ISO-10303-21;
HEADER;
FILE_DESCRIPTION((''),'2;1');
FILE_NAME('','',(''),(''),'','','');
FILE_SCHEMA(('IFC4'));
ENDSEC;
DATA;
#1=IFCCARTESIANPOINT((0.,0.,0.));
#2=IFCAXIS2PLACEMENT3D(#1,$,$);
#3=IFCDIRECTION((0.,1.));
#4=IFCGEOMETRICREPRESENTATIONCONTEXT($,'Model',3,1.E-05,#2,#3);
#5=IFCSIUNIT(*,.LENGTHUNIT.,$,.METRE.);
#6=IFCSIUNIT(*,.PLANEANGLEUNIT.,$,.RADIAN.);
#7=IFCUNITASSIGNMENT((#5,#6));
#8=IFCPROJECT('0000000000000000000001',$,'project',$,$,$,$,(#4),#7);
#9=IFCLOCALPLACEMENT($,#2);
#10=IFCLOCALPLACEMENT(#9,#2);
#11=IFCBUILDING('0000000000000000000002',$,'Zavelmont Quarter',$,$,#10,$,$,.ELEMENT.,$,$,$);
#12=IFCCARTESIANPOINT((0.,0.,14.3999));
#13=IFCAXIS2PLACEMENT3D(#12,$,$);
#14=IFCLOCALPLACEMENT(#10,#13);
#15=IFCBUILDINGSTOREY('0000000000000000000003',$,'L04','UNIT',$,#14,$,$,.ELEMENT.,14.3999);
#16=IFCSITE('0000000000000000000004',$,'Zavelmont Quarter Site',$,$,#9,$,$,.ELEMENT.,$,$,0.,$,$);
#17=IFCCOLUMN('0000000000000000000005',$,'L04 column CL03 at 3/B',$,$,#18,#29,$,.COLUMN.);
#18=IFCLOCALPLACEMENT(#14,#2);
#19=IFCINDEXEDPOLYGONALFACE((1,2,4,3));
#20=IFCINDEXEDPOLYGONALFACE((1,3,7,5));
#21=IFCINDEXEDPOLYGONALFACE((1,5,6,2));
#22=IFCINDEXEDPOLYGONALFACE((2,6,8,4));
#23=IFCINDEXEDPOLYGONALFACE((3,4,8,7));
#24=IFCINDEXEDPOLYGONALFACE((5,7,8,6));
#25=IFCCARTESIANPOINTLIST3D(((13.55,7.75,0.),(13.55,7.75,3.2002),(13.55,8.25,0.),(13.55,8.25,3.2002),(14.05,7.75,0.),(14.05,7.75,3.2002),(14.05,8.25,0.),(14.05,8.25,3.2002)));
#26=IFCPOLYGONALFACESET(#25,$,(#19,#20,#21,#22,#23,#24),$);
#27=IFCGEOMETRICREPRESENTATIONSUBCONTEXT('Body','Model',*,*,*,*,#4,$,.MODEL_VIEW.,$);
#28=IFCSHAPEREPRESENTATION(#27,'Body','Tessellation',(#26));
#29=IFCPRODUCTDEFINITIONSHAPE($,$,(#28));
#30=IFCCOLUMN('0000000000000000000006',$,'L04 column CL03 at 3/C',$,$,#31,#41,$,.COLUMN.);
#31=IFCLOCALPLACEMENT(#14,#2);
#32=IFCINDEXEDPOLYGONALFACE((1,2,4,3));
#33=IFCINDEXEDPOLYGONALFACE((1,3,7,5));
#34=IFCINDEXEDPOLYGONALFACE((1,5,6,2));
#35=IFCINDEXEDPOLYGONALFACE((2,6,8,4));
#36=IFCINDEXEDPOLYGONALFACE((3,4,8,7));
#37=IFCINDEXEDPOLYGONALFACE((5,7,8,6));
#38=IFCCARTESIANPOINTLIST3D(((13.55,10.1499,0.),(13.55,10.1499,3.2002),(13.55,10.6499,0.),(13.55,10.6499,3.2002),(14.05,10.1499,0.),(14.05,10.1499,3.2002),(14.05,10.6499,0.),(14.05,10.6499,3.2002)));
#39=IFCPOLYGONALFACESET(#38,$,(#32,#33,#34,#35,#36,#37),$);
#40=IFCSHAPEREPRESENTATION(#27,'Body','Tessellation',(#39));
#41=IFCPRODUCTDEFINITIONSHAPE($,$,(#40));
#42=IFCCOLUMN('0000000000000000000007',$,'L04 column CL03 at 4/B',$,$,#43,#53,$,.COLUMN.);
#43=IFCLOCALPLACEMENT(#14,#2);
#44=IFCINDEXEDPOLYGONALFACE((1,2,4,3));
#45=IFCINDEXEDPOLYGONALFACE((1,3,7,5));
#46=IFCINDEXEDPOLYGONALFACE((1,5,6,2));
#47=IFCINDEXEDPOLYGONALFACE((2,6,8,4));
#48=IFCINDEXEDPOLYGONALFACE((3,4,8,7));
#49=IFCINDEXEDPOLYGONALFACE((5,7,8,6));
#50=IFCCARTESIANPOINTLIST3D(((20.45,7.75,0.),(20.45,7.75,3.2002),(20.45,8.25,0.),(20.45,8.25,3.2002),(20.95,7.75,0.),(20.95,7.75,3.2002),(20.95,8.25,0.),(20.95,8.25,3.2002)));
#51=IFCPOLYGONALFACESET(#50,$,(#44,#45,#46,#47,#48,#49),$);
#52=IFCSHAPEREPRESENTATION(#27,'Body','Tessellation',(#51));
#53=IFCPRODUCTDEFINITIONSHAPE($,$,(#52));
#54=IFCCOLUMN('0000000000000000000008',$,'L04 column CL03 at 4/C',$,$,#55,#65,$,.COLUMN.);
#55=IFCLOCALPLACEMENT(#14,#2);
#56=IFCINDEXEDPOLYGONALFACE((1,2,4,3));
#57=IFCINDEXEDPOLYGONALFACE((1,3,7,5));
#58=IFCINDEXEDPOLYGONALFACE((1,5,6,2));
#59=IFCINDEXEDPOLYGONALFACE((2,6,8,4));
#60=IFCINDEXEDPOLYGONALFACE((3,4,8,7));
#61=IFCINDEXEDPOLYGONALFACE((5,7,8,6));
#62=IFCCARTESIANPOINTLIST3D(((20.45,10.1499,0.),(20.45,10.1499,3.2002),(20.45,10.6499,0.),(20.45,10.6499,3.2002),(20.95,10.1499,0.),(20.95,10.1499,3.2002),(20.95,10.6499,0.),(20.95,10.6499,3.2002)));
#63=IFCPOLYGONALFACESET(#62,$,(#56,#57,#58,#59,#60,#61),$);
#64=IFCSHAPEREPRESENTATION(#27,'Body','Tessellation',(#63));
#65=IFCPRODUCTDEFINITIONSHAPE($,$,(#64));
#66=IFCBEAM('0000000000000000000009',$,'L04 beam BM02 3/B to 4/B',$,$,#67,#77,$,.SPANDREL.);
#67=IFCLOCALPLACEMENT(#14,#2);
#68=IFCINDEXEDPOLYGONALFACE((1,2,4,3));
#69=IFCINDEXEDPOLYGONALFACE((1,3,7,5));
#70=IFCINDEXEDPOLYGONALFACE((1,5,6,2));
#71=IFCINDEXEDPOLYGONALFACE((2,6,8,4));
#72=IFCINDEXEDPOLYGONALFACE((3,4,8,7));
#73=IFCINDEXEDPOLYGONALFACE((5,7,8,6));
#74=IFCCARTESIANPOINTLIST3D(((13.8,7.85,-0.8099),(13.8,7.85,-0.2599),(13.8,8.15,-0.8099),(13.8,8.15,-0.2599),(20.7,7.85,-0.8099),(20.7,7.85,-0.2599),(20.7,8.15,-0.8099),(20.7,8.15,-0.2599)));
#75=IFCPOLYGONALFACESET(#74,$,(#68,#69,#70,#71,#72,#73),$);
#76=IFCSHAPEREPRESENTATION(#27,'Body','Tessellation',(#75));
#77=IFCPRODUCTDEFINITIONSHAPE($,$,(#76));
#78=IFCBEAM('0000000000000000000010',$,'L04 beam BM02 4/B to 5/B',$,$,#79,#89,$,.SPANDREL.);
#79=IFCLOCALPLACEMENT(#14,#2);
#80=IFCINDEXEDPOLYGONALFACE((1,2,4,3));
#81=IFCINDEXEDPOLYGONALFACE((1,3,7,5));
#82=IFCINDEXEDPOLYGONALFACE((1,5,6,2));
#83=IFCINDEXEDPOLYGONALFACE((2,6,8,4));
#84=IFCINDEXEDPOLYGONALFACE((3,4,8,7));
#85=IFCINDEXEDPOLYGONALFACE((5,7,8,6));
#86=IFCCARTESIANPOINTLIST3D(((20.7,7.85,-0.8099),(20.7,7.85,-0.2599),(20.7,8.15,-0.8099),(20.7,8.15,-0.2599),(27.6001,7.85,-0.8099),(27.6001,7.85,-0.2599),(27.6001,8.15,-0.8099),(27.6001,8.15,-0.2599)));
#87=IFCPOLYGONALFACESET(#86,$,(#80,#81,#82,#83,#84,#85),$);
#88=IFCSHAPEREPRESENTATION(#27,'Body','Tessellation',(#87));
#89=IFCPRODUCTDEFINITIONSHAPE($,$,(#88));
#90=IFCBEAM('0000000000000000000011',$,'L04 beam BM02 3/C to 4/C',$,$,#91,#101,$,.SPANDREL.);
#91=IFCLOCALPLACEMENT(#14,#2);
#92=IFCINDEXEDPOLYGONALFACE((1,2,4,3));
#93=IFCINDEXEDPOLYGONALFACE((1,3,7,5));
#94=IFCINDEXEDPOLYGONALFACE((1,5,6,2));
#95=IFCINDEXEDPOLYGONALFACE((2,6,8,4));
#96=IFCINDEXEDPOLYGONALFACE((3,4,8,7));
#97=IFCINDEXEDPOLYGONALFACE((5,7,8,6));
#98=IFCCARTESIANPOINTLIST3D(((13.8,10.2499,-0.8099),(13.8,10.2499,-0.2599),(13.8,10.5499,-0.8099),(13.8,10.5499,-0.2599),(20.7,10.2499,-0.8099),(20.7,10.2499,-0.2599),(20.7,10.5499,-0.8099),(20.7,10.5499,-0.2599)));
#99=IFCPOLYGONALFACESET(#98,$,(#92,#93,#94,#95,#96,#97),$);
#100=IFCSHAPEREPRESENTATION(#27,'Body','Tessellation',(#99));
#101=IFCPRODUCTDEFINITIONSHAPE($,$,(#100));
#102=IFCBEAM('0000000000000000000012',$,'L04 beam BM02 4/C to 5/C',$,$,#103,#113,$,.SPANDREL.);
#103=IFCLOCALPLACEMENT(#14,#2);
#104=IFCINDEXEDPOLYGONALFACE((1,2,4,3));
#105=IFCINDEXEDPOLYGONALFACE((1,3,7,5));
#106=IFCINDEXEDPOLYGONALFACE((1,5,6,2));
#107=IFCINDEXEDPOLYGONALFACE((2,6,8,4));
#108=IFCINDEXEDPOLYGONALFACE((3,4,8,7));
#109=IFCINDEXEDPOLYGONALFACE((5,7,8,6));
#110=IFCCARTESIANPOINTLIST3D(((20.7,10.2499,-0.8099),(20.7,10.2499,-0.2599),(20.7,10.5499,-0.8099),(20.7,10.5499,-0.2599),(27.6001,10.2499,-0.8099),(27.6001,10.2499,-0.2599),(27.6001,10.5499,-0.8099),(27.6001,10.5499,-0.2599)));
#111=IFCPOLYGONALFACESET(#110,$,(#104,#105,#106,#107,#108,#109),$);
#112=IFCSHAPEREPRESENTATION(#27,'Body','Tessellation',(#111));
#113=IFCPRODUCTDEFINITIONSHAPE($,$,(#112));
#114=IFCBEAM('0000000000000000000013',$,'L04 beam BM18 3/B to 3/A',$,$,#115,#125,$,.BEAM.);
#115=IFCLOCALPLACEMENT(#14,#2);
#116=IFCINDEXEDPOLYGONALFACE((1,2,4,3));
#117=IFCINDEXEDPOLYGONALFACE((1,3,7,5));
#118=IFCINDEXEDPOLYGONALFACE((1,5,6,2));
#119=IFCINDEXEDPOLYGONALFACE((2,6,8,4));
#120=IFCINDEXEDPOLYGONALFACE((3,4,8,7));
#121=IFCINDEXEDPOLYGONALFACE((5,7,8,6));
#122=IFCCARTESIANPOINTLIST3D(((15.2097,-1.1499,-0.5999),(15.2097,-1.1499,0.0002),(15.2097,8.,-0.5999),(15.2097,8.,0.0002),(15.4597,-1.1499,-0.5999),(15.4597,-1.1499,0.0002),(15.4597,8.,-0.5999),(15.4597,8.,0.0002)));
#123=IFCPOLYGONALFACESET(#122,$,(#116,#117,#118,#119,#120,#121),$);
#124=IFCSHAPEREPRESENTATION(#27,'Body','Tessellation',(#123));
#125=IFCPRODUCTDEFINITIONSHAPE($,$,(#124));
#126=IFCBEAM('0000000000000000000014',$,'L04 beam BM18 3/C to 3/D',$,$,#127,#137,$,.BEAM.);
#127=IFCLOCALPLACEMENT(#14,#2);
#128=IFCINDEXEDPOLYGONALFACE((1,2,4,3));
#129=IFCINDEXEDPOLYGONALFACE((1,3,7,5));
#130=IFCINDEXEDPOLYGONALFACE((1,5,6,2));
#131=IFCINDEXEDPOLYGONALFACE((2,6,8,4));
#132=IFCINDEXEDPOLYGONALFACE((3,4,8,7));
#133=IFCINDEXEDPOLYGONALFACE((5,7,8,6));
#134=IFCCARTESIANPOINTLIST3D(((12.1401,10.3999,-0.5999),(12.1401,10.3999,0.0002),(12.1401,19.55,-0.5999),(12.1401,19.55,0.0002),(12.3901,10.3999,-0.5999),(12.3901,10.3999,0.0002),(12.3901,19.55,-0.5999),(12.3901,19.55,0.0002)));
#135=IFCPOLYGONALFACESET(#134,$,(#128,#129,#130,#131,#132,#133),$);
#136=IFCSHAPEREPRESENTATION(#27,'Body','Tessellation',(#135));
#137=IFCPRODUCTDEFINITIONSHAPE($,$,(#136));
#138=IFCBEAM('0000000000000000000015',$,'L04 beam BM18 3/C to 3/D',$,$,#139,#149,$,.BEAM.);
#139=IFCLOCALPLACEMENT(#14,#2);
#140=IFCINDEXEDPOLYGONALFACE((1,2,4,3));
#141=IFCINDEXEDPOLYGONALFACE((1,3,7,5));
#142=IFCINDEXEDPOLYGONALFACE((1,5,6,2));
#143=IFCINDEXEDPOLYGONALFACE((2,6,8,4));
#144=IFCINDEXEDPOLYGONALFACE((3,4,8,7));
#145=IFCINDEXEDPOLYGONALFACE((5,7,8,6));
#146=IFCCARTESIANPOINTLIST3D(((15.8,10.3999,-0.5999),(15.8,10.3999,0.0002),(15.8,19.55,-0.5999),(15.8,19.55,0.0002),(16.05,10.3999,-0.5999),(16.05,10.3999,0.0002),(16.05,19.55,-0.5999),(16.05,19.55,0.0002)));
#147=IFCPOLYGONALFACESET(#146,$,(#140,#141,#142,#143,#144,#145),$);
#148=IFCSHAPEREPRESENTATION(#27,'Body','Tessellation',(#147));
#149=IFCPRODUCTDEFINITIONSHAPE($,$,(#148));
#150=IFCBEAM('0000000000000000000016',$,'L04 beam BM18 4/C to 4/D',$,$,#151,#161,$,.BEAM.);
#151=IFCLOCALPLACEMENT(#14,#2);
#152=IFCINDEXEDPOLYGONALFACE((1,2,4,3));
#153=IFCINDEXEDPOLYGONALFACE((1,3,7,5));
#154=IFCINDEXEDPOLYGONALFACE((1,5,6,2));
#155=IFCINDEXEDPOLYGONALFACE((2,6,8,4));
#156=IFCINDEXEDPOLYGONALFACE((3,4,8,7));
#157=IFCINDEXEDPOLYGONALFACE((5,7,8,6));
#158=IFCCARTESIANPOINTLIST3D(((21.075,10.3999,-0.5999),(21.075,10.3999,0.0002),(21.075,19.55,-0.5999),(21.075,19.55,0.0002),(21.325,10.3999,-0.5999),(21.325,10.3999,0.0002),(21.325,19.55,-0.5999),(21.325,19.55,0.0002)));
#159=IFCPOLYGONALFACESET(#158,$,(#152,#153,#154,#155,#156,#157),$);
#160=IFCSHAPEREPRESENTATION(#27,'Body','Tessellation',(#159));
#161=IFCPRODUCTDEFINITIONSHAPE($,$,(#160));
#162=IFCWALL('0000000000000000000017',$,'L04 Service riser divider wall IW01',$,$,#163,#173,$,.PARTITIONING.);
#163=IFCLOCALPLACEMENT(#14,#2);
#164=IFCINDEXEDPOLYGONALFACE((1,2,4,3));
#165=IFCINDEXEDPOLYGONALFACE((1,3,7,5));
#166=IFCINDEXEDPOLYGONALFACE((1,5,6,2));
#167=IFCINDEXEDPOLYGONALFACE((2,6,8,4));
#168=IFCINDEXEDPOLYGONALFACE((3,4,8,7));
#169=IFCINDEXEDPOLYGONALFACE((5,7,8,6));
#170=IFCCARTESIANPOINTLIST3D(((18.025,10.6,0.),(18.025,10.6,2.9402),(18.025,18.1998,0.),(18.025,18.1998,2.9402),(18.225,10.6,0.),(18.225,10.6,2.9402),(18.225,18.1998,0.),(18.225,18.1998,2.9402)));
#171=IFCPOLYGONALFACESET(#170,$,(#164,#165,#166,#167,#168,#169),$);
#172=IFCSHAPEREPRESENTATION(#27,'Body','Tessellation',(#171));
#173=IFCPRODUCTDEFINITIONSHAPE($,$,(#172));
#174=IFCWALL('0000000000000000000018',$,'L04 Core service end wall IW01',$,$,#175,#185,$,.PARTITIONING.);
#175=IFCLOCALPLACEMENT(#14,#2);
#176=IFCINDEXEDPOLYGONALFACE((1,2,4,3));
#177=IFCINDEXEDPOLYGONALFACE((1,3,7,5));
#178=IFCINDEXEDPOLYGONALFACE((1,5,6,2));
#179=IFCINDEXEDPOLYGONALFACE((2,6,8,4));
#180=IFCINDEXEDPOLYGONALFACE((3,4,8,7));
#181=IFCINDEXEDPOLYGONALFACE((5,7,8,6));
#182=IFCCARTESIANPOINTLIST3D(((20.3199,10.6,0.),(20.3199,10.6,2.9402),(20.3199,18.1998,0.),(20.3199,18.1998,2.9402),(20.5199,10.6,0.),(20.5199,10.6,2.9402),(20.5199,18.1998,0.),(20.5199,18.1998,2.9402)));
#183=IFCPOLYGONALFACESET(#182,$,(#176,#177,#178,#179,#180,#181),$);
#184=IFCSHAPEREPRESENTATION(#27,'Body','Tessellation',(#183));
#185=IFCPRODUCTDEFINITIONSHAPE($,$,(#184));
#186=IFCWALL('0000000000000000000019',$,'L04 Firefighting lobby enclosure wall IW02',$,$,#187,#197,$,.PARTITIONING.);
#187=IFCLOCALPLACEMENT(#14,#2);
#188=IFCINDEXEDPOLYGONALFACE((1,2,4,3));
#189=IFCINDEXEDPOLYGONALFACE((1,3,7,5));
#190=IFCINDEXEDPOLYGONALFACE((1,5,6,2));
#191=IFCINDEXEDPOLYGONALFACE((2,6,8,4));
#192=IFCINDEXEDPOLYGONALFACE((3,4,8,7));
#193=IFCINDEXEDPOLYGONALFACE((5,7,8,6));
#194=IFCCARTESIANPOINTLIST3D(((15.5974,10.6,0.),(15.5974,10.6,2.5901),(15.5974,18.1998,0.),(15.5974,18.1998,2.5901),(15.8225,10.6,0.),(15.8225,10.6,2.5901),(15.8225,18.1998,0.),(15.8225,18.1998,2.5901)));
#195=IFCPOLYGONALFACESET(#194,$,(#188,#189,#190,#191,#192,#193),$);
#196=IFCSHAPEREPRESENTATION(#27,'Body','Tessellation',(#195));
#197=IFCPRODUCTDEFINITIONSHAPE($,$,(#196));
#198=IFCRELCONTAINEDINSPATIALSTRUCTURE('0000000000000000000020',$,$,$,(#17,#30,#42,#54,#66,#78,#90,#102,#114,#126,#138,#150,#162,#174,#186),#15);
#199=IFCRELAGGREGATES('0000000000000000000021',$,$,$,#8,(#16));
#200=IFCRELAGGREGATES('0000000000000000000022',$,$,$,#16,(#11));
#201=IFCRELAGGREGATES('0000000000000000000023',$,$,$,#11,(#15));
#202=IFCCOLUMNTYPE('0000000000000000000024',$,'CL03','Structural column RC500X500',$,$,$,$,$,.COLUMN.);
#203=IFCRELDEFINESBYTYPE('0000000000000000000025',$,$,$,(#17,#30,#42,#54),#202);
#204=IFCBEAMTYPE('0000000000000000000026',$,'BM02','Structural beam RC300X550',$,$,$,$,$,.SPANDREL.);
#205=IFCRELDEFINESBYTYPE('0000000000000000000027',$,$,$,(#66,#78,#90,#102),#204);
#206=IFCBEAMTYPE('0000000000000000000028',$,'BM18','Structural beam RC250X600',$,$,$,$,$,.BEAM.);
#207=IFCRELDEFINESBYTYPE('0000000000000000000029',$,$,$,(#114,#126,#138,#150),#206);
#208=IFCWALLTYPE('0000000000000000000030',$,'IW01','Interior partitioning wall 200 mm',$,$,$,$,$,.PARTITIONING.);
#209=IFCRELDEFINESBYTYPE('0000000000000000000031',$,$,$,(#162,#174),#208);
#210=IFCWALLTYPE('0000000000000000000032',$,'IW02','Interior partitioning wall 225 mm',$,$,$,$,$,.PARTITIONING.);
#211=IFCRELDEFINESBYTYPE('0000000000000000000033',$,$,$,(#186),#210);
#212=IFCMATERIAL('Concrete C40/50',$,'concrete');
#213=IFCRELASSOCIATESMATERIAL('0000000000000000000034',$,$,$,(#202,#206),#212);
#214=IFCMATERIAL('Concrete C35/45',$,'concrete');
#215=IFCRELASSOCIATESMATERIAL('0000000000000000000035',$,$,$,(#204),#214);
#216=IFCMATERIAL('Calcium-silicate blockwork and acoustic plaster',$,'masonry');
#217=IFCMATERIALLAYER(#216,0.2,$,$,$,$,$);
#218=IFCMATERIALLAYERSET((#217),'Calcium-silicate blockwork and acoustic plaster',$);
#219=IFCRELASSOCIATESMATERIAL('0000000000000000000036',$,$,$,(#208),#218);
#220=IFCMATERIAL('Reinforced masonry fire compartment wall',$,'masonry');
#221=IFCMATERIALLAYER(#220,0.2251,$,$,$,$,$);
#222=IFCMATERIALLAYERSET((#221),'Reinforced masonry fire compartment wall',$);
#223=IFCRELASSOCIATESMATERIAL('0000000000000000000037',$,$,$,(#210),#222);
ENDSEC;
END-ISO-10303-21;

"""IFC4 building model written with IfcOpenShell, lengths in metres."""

from ifc_helpers import new_model, si_unit, direction, frame, frame_2d, origin, origin_2d, place, context, subcontext, project, spatial, rectangle, extrude, material, layer, layer_set, material_profile, profile_set, type_object, element, save


model = new_model("IFC4")

# Units and contexts
model_context = context("Model", 3, precision=1e-05, world=origin(), true_north=direction((0.0, 1.0)))
body_context = subcontext(model_context, "Body", "Model", "MODEL_VIEW")
ifc_project = project(units=[si_unit("LENGTHUNIT", "METRE"), si_unit("PLANEANGLEUNIT", "RADIAN")], contexts=[model_context])

# Site, building, storey
site_placement = place(None, origin())
site = spatial("IfcSite", under=ifc_project, at=site_placement, Name="Zavelmont Quarter Site", CompositionType="ELEMENT", RefElevation=0.0)
building_placement = place(site_placement, origin())
building = spatial("IfcBuilding", under=site, at=building_placement, Name="Zavelmont Quarter", CompositionType="ELEMENT")
storey_placement = place(building_placement, frame((0.0, 0.0, 14.3999)))
storey = spatial("IfcBuildingStorey", under=building, at=storey_placement, Name="L04", Description="UNIT", CompositionType="ELEMENT", Elevation=14.3999)

# Columns
ifc_material_1 = material(Name="Concrete C40/50", Category="concrete")
ifc_material_profile_1 = material_profile(ifc_material_1, rectangle(XDim=0.5, YDim=0.5, at=origin_2d()), Name="RC500X500")
ifc_profile_set_1 = profile_set([ifc_material_profile_1], Name="Concrete C40/50")
column_type = type_object("IfcColumnType", Name="CL03", Description="Structural column RC500X500", PredefinedType="COLUMN", material=ifc_profile_set_1)
for number, where, z_axis, x_axis, name in (
    (1, (13.8, 8.0, 0.0), (0.0, 0.0, 1.0), (1.0, 0.0, 0.0), "L04 column CL03 at 3/B"),
    (2, (13.8, 10.3999, 0.0), (0.0, 0.0, 1.0), (1.0, 0.0, 0.0), "L04 column CL03 at 3/C"),
    (3, (20.7, 8.0, 0.0), (0.0, 0.0, 1.0), (1.0, 0.0, 0.0), "L04 column CL03 at 4/B"),
    (4, (20.7, 10.3999, 0.0), (0.0, 0.0, 1.0), (1.0, 0.0, 0.0), "L04 column CL03 at 4/C"),
):
    element("IfcColumn", number, at=place(storey_placement, frame(where, z_axis=z_axis, x_axis=x_axis)), inside=storey, type_object=column_type, Name=name, PredefinedType="COLUMN", context=body_context, shape_type="SweptSolid", body=[
        extrude(rectangle(XDim=0.5, YDim=0.5, at=origin_2d()), origin(), (0.0, 0.0, 1.0), 3.2002),
    ])

# Beams
ifc_material_2 = material(Name="Concrete C35/45", Category="concrete")
ifc_material_profile_2 = material_profile(ifc_material_2, rectangle(XDim=0.3, YDim=0.55, at=origin_2d()), Name="RC300X550")
ifc_profile_set_2 = profile_set([ifc_material_profile_2], Name="Concrete C35/45")
beam_type_1 = type_object("IfcBeamType", Name="BM02", Description="Structural beam RC300X550", PredefinedType="SPANDREL", material=ifc_profile_set_2)
beam_1_placement = place(storey_placement, frame((13.8, 8.0, -0.5349), z_axis=(1.0, 0.0, 0.0), x_axis=(0.0, 1.0, 0.0)))
element("IfcBeam", 5, at=beam_1_placement, inside=storey, type_object=beam_type_1, Name="L04 beam BM02 3/B to 4/B", PredefinedType="SPANDREL", context=body_context, shape_type="SweptSolid", body=[
    extrude(rectangle(XDim=0.3, YDim=0.55, at=origin_2d()), origin(), (0.0, 0.0, 1.0), 6.8999),
])
beam_2_placement = place(storey_placement, frame((20.7, 8.0, -0.5349), z_axis=(1.0, 0.0, 0.0), x_axis=(0.0, 1.0, 0.0)))
element("IfcBeam", 6, at=beam_2_placement, inside=storey, type_object=beam_type_1, Name="L04 beam BM02 4/B to 5/B", PredefinedType="SPANDREL", context=body_context, shape_type="SweptSolid", body=[
    extrude(rectangle(XDim=0.3, YDim=0.55, at=origin_2d()), origin(), (0.0, 0.0, 1.0), 6.9001),
])
beam_3_placement = place(storey_placement, frame((13.8, 10.3999, -0.5349), z_axis=(1.0, 0.0, 0.0), x_axis=(0.0, 1.0, 0.0)))
element("IfcBeam", 7, at=beam_3_placement, inside=storey, type_object=beam_type_1, Name="L04 beam BM02 3/C to 4/C", PredefinedType="SPANDREL", context=body_context, shape_type="SweptSolid", body=[
    extrude(rectangle(XDim=0.3, YDim=0.55, at=origin_2d()), origin(), (0.0, 0.0, 1.0), 6.8999),
])
beam_4_placement = place(storey_placement, frame((20.7, 10.3999, -0.5349), z_axis=(1.0, 0.0, 0.0), x_axis=(0.0, 1.0, 0.0)))
element("IfcBeam", 8, at=beam_4_placement, inside=storey, type_object=beam_type_1, Name="L04 beam BM02 4/C to 5/C", PredefinedType="SPANDREL", context=body_context, shape_type="SweptSolid", body=[
    extrude(rectangle(XDim=0.3, YDim=0.55, at=origin_2d()), origin(), (0.0, 0.0, 1.0), 6.9001),
])
ifc_material_profile_3 = material_profile(ifc_material_1, rectangle(XDim=0.25, YDim=0.6001, at=origin_2d()), Name="RC250X600")
ifc_profile_set_3 = profile_set([ifc_material_profile_3], Name="Concrete C40/50")
beam_type_2 = type_object("IfcBeamType", Name="BM18", Description="Structural beam RC250X600", PredefinedType="BEAM", material=ifc_profile_set_3)
beam_5_placement = place(storey_placement, frame((15.3347, 8.0, -0.2998), z_axis=(0.0, -1.0, 0.0), x_axis=(1.0, 0.0, 0.0)))
element("IfcBeam", 9, at=beam_5_placement, inside=storey, type_object=beam_type_2, Name="L04 beam BM18 3/B to 3/A", PredefinedType="BEAM", context=body_context, shape_type="SweptSolid", body=[
    extrude(rectangle(XDim=0.25, YDim=0.6001, at=origin_2d()), origin(), (0.0, 0.0, 1.0), 9.1499),
])
for number, where, z_axis, x_axis, name in (
    (10, (12.2651, 10.3999, -0.2998), (0.0, 1.0, 0.0), (-1.0, 0.0, 0.0), "L04 beam BM18 3/C to 3/D"),
    (11, (15.925, 10.3999, -0.2998), (0.0, 1.0, 0.0), (-1.0, 0.0, 0.0), "L04 beam BM18 3/C to 3/D"),
    (12, (21.2, 10.3999, -0.2998), (0.0, 1.0, 0.0), (-1.0, 0.0, 0.0), "L04 beam BM18 4/C to 4/D"),
):
    element("IfcBeam", number, at=place(storey_placement, frame(where, z_axis=z_axis, x_axis=x_axis)), inside=storey, type_object=beam_type_2, Name=name, PredefinedType="BEAM", context=body_context, shape_type="SweptSolid", body=[
        extrude(rectangle(XDim=0.25, YDim=0.6001, at=origin_2d()), origin(), (0.0, 0.0, 1.0), 9.1501),
    ])

# Walls
ifc_material_3 = material(Name="Calcium-silicate blockwork and acoustic plaster", Category="masonry")
ifc_layer_1 = layer(ifc_material_3, 0.2)
ifc_layer_set_1 = layer_set([ifc_layer_1], Name="Calcium-silicate blockwork and acoustic plaster")
wall_type_1 = type_object("IfcWallType", Name="IW01", Description="Interior partitioning wall 200 mm", PredefinedType="PARTITIONING", material=ifc_layer_set_1)
for number, where, z_axis, x_axis, name in (
    (13, (18.125, 10.6001, 0.0), (0.0, 0.0, 1.0), (0.0, 1.0, 0.0), "L04 Service riser divider wall IW01"),
    (14, (20.4199, 10.6001, 0.0), (0.0, 0.0, 1.0), (0.0, 1.0, 0.0), "L04 Core service end wall IW01"),
):
    element("IfcWall", number, at=place(storey_placement, frame(where, z_axis=z_axis, x_axis=x_axis)), inside=storey, type_object=wall_type_1, Name=name, PredefinedType="PARTITIONING", context=body_context, shape_type="SweptSolid", body=[
        extrude(rectangle(XDim=7.5999, YDim=0.2, at=frame_2d((3.7998, 0.0))), origin(), (0.0, 0.0, 1.0), 2.9402),
    ])

# Wall
ifc_material_4 = material(Name="Reinforced masonry fire compartment wall", Category="masonry")
ifc_layer_2 = layer(ifc_material_4, 0.2251)
ifc_layer_set_2 = layer_set([ifc_layer_2], Name="Reinforced masonry fire compartment wall")
wall_type_2 = type_object("IfcWallType", Name="IW02", Description="Interior partitioning wall 225 mm", PredefinedType="PARTITIONING", material=ifc_layer_set_2)
wall_1_placement = place(storey_placement, frame((15.71, 10.6001, 0.0), z_axis=(0.0, 0.0, 1.0), x_axis=(0.0, 1.0, 0.0)))
element("IfcWall", 15, at=wall_1_placement, inside=storey, type_object=wall_type_2, Name="L04 Firefighting lobby enclosure wall IW02", PredefinedType="PARTITIONING", context=body_context, shape_type="SweptSolid", body=[
    extrude(rectangle(XDim=7.5999, YDim=0.2251, at=frame_2d((3.7998, 0.0))), origin(), (0.0, 0.0, 1.0), 2.5901),
])

save(model, "model.ifc")
